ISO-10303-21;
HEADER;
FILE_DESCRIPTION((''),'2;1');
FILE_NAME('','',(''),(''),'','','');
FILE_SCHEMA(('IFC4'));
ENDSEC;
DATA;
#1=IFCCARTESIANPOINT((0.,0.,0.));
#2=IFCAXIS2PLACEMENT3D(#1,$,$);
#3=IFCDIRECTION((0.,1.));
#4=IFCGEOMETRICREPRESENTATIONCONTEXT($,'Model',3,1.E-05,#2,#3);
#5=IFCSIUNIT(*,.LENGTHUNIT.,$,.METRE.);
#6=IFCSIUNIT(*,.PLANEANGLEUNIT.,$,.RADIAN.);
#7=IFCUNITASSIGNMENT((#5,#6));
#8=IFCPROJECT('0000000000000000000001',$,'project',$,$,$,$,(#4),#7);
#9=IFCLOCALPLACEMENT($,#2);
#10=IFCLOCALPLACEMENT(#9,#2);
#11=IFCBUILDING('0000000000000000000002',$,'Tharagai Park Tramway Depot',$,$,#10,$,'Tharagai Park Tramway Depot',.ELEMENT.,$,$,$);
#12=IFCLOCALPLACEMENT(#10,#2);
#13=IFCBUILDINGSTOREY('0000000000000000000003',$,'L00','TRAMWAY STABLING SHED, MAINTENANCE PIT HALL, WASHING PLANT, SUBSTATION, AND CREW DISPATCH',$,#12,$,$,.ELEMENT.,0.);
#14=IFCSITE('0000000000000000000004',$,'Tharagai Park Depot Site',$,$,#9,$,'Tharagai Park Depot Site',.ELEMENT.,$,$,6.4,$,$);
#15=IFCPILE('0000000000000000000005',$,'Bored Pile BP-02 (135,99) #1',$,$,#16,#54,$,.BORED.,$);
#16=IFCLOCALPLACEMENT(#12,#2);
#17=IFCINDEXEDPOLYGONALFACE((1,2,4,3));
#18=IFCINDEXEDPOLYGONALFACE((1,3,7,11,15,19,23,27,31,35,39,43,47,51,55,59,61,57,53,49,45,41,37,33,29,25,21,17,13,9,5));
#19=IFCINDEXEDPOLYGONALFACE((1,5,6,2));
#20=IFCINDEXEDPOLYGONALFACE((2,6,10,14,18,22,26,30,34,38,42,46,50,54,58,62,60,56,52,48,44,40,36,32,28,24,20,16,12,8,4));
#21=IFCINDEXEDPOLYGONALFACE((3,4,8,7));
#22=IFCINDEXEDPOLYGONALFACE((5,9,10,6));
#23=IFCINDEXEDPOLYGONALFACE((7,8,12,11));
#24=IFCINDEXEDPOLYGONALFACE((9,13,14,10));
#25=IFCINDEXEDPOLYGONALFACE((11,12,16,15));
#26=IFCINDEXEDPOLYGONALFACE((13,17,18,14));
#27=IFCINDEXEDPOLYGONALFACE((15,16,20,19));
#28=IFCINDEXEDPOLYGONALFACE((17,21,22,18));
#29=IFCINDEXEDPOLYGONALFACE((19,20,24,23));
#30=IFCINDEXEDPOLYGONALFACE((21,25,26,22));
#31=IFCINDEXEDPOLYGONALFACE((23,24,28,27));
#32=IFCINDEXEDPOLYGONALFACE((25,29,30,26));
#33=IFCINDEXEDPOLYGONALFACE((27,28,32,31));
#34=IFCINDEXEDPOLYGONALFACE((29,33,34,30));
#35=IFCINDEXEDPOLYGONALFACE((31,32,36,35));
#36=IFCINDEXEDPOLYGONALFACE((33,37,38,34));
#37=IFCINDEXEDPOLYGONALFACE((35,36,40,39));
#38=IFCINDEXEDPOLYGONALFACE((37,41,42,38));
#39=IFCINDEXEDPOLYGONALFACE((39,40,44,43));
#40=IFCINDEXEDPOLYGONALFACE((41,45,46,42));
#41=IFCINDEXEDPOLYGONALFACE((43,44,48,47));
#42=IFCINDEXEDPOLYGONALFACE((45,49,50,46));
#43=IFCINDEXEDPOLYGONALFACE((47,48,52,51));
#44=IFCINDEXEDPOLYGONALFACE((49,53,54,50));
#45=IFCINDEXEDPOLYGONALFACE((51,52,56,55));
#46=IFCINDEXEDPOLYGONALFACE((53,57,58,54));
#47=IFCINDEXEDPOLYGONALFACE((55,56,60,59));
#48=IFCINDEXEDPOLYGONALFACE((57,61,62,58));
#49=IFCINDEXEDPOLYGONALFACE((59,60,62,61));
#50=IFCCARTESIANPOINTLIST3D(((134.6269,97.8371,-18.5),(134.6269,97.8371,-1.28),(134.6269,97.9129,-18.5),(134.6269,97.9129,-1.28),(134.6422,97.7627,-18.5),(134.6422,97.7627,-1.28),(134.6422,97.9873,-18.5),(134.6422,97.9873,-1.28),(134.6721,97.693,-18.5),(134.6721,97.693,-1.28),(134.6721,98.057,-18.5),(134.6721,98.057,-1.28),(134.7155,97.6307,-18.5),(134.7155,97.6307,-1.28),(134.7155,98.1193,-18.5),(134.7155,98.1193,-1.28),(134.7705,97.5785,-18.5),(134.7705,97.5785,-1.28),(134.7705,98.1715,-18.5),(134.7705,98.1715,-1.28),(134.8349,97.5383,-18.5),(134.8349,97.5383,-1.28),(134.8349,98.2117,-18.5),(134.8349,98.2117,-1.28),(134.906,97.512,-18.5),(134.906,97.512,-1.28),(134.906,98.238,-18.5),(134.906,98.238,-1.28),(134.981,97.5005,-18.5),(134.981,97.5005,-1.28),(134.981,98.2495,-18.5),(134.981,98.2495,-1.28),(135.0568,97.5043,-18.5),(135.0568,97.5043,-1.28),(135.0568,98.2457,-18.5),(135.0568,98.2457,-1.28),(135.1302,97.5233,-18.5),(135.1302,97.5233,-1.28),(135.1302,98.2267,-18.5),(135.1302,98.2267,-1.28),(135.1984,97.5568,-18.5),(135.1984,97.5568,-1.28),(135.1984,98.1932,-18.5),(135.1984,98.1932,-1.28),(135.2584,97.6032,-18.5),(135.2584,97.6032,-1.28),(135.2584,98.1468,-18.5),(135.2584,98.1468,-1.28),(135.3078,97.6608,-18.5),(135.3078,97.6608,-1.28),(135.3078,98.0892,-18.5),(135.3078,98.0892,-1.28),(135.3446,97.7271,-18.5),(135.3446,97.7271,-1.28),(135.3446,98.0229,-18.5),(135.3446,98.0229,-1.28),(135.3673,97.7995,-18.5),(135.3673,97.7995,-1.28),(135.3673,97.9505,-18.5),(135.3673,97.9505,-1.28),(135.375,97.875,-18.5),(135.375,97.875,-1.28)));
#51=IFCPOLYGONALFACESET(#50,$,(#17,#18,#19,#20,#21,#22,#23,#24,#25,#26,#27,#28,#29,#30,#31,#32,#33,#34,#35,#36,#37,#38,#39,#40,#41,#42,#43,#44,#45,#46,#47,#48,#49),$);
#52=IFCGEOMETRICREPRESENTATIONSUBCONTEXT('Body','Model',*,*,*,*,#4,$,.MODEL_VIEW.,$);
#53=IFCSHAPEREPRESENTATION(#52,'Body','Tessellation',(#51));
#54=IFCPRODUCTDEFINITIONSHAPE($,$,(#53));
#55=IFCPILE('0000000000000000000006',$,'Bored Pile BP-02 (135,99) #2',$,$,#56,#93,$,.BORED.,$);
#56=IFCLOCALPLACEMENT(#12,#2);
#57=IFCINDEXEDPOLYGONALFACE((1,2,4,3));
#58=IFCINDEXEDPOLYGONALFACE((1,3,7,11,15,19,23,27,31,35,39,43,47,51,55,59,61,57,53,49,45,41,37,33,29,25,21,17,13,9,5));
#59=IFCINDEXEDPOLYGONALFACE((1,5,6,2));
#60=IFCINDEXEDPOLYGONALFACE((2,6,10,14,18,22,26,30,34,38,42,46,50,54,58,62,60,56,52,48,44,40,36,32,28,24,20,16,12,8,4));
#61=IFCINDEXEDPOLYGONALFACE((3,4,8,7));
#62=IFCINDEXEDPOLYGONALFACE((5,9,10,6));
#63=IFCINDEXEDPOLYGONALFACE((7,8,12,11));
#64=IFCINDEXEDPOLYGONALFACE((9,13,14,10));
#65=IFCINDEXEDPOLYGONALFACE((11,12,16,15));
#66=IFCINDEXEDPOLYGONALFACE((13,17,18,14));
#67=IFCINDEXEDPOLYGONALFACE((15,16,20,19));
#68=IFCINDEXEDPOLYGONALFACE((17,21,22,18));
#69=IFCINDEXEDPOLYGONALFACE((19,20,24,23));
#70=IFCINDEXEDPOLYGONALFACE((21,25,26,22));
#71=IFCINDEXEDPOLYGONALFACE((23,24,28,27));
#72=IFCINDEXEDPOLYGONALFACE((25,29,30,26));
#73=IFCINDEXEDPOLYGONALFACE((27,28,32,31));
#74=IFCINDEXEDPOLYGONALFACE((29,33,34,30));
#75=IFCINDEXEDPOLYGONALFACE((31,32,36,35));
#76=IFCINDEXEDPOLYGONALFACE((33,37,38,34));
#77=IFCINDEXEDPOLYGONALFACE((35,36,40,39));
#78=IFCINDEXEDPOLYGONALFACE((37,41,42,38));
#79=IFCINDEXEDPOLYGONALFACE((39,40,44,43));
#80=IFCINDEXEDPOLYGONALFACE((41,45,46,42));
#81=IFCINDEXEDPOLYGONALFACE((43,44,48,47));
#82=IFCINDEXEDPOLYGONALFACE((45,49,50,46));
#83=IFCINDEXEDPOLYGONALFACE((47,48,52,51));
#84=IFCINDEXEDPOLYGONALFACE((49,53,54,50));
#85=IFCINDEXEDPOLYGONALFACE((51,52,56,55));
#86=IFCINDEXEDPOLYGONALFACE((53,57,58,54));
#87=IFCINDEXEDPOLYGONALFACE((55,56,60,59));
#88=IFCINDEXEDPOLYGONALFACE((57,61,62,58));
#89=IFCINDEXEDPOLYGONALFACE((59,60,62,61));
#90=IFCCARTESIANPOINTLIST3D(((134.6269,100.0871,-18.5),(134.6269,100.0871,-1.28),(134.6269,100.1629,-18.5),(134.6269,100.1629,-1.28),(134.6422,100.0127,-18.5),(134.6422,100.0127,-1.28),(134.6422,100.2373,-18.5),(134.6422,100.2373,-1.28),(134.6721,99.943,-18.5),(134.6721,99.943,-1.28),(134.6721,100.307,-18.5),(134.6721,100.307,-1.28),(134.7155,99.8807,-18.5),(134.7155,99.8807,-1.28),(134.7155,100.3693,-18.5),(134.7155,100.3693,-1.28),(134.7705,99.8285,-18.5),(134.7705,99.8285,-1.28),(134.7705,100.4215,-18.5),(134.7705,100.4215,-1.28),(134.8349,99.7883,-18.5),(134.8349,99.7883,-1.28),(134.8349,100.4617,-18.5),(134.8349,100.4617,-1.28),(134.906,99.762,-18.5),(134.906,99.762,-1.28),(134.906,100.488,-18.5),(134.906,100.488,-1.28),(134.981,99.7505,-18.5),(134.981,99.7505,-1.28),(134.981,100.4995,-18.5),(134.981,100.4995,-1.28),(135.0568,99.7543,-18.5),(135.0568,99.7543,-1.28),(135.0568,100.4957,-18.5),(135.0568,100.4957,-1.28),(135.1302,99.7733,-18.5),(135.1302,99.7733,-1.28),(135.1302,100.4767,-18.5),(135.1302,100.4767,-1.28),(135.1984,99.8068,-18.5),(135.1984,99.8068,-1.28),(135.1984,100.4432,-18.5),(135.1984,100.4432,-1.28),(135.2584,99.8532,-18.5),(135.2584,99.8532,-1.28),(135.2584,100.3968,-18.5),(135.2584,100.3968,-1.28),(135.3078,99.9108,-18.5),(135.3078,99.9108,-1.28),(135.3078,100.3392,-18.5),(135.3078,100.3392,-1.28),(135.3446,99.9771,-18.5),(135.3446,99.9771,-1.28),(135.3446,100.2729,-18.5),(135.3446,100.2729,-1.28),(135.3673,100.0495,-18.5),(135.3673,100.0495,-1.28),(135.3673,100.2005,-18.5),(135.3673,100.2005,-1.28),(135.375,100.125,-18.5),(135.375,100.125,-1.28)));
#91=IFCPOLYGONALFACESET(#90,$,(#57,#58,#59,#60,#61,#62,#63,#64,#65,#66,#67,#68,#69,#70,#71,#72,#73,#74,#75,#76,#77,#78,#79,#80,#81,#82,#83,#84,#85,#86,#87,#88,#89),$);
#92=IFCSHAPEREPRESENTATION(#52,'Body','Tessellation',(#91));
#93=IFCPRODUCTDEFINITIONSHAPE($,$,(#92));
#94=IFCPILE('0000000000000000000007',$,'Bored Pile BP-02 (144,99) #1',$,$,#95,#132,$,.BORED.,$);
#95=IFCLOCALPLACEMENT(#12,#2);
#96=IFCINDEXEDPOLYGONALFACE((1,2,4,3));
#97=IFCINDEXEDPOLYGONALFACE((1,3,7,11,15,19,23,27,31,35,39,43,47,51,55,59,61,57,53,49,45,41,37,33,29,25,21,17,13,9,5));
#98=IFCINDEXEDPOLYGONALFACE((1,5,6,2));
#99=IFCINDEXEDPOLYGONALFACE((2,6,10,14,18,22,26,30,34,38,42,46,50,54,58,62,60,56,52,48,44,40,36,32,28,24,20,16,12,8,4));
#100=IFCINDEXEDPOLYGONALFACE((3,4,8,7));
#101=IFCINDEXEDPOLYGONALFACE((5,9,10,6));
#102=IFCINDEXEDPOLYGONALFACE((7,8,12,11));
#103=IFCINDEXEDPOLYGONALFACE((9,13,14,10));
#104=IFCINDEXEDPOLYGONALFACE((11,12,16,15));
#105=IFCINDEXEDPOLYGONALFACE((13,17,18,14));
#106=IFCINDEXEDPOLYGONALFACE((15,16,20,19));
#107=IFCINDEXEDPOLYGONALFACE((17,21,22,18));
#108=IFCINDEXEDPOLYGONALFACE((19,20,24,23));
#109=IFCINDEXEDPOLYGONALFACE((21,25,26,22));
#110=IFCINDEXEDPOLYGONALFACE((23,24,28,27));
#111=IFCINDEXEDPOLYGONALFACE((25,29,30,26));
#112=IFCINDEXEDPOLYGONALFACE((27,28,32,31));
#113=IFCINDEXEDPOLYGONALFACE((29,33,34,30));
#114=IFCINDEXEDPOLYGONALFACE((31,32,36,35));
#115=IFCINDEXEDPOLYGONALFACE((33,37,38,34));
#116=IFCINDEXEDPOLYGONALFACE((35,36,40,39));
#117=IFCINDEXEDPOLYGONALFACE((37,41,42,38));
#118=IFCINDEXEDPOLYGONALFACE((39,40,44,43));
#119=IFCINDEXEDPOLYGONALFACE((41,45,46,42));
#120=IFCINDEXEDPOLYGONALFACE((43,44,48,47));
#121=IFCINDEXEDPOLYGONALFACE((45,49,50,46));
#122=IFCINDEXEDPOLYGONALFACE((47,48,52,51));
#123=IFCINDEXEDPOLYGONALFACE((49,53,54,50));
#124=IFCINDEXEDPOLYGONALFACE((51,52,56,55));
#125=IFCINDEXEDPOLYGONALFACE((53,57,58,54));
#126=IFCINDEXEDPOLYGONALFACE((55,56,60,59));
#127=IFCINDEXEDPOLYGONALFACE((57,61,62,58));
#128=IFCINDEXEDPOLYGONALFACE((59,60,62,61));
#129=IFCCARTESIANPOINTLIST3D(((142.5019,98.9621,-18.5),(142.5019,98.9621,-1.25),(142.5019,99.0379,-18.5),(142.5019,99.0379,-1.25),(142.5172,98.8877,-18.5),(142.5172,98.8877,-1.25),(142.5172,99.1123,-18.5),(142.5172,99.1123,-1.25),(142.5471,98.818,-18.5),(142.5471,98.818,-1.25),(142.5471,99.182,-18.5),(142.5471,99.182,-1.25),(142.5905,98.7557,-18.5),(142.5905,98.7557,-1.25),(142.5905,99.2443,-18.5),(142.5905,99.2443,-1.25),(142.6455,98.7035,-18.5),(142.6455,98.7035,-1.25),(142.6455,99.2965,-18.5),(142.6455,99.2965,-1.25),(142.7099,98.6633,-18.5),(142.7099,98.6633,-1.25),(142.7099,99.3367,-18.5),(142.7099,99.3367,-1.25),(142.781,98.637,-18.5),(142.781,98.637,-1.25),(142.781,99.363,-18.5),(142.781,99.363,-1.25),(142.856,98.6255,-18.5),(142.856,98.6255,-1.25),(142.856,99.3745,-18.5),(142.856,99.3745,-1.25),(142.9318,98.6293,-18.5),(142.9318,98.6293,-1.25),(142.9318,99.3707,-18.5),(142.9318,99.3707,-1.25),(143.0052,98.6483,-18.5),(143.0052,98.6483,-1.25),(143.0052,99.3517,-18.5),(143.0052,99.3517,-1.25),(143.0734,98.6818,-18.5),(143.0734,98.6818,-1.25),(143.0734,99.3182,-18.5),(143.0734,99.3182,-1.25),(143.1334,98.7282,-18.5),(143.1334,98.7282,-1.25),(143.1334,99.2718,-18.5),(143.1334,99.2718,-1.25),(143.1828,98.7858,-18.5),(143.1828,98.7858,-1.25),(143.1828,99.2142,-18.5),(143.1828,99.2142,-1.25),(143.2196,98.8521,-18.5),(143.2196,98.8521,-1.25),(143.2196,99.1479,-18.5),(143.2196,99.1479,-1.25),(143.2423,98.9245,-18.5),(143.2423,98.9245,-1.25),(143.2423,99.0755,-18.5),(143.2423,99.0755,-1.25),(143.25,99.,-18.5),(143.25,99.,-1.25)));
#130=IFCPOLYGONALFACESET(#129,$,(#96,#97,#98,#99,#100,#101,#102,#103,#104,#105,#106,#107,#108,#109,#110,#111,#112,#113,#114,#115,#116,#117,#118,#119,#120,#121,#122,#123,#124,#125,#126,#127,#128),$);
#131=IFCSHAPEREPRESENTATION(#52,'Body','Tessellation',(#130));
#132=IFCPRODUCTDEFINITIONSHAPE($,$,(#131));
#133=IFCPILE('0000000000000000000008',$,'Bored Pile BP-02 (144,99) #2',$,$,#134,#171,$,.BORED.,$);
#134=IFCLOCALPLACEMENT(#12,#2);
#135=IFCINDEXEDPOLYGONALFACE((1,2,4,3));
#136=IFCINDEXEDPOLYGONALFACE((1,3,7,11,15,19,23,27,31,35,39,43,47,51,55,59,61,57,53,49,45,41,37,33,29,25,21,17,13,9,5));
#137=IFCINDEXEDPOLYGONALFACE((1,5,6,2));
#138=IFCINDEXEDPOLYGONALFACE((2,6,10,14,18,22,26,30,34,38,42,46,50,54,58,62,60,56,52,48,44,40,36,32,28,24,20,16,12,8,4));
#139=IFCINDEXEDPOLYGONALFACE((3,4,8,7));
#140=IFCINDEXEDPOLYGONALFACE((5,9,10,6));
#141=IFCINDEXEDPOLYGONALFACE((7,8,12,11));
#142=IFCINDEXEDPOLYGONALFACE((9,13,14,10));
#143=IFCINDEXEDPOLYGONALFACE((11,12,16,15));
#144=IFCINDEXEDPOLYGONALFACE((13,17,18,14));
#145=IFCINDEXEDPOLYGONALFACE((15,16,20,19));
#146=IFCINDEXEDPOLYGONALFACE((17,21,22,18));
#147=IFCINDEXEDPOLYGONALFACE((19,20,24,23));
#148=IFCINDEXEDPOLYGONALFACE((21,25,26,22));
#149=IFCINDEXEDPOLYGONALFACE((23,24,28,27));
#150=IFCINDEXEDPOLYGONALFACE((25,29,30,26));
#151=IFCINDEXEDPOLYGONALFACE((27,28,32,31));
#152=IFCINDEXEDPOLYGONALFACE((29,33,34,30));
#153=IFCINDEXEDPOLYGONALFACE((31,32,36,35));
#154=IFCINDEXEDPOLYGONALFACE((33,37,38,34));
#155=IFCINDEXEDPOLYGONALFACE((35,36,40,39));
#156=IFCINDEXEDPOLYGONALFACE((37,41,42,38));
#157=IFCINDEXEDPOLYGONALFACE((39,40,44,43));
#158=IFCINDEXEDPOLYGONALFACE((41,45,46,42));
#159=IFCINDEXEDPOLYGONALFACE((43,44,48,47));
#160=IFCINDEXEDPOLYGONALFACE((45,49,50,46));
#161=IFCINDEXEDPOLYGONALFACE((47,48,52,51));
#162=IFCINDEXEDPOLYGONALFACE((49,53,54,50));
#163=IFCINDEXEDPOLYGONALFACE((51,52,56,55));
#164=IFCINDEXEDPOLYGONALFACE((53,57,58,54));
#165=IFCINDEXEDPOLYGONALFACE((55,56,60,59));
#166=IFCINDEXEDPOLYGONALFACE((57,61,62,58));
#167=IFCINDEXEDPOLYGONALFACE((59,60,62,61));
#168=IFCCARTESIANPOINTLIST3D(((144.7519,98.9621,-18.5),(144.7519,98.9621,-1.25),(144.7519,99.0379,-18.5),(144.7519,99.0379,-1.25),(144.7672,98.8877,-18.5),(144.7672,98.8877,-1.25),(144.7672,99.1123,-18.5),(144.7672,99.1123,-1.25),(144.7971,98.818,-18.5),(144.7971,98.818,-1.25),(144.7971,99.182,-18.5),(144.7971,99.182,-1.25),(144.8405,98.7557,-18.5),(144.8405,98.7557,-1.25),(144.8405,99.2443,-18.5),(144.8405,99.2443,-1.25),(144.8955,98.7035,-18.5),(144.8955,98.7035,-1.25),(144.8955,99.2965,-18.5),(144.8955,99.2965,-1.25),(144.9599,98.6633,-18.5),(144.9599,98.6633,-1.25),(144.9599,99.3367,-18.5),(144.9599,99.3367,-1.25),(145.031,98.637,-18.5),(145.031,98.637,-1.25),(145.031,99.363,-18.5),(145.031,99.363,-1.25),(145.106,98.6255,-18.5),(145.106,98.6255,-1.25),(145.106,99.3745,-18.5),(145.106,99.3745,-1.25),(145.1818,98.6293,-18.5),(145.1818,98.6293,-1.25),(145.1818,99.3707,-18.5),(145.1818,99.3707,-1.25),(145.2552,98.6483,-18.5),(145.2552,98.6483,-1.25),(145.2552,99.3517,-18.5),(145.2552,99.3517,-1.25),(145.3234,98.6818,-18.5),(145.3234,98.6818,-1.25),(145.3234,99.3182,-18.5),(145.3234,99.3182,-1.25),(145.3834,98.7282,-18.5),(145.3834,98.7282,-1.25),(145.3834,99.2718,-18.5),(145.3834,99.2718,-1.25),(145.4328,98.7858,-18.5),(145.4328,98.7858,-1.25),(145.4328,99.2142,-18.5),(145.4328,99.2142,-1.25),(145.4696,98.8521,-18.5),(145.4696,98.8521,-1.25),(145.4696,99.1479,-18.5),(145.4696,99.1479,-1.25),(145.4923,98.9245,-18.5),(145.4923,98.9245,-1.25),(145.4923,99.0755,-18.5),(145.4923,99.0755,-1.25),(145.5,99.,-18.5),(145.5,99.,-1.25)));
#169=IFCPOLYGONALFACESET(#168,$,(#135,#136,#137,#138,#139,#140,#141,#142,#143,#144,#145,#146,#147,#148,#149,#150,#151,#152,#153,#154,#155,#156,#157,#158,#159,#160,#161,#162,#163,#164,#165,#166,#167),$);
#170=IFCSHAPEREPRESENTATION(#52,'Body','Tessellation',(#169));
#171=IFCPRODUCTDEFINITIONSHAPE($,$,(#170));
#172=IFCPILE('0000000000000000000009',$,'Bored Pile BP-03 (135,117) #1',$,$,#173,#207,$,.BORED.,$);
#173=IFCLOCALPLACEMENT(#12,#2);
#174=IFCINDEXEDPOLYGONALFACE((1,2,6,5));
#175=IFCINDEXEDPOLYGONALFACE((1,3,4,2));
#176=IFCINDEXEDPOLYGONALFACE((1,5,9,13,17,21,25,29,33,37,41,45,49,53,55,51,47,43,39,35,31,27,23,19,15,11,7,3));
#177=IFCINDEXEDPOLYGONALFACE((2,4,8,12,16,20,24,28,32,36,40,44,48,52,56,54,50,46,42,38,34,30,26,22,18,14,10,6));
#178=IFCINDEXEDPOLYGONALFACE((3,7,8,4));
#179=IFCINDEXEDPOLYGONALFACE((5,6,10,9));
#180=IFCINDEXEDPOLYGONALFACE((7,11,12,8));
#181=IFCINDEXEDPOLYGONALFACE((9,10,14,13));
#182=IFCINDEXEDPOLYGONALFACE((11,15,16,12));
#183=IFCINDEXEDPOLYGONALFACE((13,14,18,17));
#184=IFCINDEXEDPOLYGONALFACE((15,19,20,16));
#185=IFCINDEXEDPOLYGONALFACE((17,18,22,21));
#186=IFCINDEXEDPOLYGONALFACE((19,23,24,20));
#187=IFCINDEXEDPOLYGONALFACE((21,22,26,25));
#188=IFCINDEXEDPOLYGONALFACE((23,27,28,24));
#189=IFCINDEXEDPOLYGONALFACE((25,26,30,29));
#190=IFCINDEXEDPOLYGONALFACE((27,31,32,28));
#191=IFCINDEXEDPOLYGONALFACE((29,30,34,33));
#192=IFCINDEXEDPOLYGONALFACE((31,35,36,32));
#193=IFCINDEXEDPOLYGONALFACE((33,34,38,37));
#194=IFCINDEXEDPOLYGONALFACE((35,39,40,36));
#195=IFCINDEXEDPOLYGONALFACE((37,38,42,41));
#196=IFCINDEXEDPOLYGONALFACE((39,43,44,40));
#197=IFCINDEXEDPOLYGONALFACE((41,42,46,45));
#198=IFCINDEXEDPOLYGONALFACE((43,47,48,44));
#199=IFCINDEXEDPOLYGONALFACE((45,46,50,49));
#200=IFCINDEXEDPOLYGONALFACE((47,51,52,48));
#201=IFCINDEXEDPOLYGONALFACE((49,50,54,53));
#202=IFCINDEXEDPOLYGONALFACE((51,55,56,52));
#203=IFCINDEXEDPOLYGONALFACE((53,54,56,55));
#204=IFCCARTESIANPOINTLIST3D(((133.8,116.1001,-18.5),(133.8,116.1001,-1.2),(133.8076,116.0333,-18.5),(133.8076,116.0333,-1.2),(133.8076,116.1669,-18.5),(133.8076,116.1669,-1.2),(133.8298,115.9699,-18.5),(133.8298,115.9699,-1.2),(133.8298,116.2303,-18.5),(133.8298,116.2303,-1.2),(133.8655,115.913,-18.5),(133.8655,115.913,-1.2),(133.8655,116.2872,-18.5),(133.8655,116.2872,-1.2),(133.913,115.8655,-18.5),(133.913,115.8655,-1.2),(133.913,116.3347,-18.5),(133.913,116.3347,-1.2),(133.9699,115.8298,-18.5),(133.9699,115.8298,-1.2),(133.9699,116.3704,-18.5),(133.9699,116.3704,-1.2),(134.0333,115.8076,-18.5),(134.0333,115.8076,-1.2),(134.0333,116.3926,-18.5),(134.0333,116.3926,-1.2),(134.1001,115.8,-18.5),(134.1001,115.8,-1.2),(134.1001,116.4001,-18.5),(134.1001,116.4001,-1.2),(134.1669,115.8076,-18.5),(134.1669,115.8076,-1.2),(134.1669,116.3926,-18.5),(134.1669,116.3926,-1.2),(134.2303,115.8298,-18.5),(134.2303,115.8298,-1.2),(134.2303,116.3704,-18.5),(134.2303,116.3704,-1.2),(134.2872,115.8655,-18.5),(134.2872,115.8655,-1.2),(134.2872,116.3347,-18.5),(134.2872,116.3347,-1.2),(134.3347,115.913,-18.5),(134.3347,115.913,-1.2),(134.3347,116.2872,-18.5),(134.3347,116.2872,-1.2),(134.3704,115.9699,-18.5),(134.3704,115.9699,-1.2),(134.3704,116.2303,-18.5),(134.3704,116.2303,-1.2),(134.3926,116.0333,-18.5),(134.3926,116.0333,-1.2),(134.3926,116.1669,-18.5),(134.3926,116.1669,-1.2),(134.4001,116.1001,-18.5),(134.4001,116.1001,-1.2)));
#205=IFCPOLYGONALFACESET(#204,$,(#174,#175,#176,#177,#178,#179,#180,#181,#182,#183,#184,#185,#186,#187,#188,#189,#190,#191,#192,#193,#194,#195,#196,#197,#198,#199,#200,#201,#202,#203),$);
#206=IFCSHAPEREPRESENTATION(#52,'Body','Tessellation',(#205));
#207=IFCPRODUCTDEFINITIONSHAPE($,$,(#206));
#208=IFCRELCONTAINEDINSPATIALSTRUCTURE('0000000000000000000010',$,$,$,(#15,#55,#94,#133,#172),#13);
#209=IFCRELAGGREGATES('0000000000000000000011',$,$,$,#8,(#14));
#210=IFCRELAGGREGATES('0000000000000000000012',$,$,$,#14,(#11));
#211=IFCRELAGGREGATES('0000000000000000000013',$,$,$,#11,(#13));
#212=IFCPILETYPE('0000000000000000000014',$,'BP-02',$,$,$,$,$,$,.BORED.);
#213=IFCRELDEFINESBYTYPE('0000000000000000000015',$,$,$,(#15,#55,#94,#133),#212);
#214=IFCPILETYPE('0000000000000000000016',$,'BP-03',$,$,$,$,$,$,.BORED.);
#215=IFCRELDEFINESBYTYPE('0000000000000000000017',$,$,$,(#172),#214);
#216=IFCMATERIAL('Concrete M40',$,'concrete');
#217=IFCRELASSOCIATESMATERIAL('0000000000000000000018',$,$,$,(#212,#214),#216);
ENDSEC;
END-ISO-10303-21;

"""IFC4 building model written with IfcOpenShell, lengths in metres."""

from ifc_helpers import new_model, si_unit, direction, frame, origin, origin_2d, place, context, subcontext, project, spatial, circle, extrude, material, material_profile, profile_set, type_object, element, save


model = new_model("IFC4")

# Units and contexts
model_context = context("Model", 3, precision=1e-05, world=origin(), true_north=direction((0.0, 1.0)))
body_context = subcontext(model_context, "Body", "Model", "MODEL_VIEW")
ifc_project = project(units=[si_unit("LENGTHUNIT", "METRE"), si_unit("PLANEANGLEUNIT", "RADIAN")], contexts=[model_context])

# Site, building, storey
site_placement = place(None, origin())
site = spatial("IfcSite", under=ifc_project, at=site_placement, Name="Tharagai Park Depot Site", LongName="Tharagai Park Depot Site", CompositionType="ELEMENT", RefElevation=6.4)
building_placement = place(site_placement, origin())
building = spatial("IfcBuilding", under=site, at=building_placement, Name="Tharagai Park Tramway Depot", LongName="Tharagai Park Tramway Depot", CompositionType="ELEMENT")
storey_placement = place(building_placement, origin())
storey = spatial("IfcBuildingStorey", under=building, at=storey_placement, Name="L00", Description="TRAMWAY STABLING SHED, MAINTENANCE PIT HALL, WASHING PLANT, SUBSTATION, AND CREW DISPATCH", CompositionType="ELEMENT", Elevation=0.0)

# Piles
ifc_material_1 = material(Name="Concrete M40", Category="concrete")
ifc_material_profile_1 = material_profile(ifc_material_1, circle(Radius=0.375, at=origin_2d()), Name="PILE D750")
ifc_profile_set_1 = profile_set([ifc_material_profile_1], Name="Concrete M40")
pile_type_1 = type_object("IfcPileType", Name="BP-02", PredefinedType="BORED", material=ifc_profile_set_1)
for number, where, z_axis, x_axis, name in (
    (1, (135.0, 97.875, -1.28), (0.0, 0.0, -1.0), (1.0, 0.0, 0.0), "Bored Pile BP-02 (135,99) #1"),
    (2, (135.0, 100.125, -1.28), (0.0, 0.0, -1.0), (1.0, 0.0, 0.0), "Bored Pile BP-02 (135,99) #2"),
):
    element("IfcPile", number, at=place(storey_placement, frame(where, z_axis=z_axis, x_axis=x_axis)), inside=storey, type_object=pile_type_1, Name=name, PredefinedType="BORED", context=body_context, shape_type="SweptSolid", body=[
        extrude(circle(Radius=0.375, at=origin_2d()), origin(), (0.0, 0.0, 1.0), 17.22),
    ])
for number, where, z_axis, x_axis, name in (
    (3, (142.875, 99.0, -1.25), (0.0, 0.0, -1.0), (1.0, 0.0, 0.0), "Bored Pile BP-02 (144,99) #1"),
    (4, (145.125, 99.0, -1.25), (0.0, 0.0, -1.0), (1.0, 0.0, 0.0), "Bored Pile BP-02 (144,99) #2"),
):
    element("IfcPile", number, at=place(storey_placement, frame(where, z_axis=z_axis, x_axis=x_axis)), inside=storey, type_object=pile_type_1, Name=name, PredefinedType="BORED", context=body_context, shape_type="SweptSolid", body=[
        extrude(circle(Radius=0.375, at=origin_2d()), origin(), (0.0, 0.0, 1.0), 17.25),
    ])
ifc_material_profile_2 = material_profile(ifc_material_1, circle(Radius=0.3, at=origin_2d()), Name="PILE D600")
ifc_profile_set_2 = profile_set([ifc_material_profile_2], Name="Concrete M40")
pile_type_2 = type_object("IfcPileType", Name="BP-03", PredefinedType="BORED", material=ifc_profile_set_2)
for number, where, z_axis, x_axis, name in (
    (5, (134.1001, 116.1001, -1.2), (0.0, 0.0, -1.0), (1.0, 0.0, 0.0), "Bored Pile BP-03 (135,117) #1"),
):
    element("IfcPile", number, at=place(storey_placement, frame(where, z_axis=z_axis, x_axis=x_axis)), inside=storey, type_object=pile_type_2, Name=name, PredefinedType="BORED", context=body_context, shape_type="SweptSolid", body=[
        extrude(circle(Radius=0.3, at=origin_2d()), origin(), (0.0, 0.0, 1.0), 17.3),
    ])

save(model, "model.ifc")
